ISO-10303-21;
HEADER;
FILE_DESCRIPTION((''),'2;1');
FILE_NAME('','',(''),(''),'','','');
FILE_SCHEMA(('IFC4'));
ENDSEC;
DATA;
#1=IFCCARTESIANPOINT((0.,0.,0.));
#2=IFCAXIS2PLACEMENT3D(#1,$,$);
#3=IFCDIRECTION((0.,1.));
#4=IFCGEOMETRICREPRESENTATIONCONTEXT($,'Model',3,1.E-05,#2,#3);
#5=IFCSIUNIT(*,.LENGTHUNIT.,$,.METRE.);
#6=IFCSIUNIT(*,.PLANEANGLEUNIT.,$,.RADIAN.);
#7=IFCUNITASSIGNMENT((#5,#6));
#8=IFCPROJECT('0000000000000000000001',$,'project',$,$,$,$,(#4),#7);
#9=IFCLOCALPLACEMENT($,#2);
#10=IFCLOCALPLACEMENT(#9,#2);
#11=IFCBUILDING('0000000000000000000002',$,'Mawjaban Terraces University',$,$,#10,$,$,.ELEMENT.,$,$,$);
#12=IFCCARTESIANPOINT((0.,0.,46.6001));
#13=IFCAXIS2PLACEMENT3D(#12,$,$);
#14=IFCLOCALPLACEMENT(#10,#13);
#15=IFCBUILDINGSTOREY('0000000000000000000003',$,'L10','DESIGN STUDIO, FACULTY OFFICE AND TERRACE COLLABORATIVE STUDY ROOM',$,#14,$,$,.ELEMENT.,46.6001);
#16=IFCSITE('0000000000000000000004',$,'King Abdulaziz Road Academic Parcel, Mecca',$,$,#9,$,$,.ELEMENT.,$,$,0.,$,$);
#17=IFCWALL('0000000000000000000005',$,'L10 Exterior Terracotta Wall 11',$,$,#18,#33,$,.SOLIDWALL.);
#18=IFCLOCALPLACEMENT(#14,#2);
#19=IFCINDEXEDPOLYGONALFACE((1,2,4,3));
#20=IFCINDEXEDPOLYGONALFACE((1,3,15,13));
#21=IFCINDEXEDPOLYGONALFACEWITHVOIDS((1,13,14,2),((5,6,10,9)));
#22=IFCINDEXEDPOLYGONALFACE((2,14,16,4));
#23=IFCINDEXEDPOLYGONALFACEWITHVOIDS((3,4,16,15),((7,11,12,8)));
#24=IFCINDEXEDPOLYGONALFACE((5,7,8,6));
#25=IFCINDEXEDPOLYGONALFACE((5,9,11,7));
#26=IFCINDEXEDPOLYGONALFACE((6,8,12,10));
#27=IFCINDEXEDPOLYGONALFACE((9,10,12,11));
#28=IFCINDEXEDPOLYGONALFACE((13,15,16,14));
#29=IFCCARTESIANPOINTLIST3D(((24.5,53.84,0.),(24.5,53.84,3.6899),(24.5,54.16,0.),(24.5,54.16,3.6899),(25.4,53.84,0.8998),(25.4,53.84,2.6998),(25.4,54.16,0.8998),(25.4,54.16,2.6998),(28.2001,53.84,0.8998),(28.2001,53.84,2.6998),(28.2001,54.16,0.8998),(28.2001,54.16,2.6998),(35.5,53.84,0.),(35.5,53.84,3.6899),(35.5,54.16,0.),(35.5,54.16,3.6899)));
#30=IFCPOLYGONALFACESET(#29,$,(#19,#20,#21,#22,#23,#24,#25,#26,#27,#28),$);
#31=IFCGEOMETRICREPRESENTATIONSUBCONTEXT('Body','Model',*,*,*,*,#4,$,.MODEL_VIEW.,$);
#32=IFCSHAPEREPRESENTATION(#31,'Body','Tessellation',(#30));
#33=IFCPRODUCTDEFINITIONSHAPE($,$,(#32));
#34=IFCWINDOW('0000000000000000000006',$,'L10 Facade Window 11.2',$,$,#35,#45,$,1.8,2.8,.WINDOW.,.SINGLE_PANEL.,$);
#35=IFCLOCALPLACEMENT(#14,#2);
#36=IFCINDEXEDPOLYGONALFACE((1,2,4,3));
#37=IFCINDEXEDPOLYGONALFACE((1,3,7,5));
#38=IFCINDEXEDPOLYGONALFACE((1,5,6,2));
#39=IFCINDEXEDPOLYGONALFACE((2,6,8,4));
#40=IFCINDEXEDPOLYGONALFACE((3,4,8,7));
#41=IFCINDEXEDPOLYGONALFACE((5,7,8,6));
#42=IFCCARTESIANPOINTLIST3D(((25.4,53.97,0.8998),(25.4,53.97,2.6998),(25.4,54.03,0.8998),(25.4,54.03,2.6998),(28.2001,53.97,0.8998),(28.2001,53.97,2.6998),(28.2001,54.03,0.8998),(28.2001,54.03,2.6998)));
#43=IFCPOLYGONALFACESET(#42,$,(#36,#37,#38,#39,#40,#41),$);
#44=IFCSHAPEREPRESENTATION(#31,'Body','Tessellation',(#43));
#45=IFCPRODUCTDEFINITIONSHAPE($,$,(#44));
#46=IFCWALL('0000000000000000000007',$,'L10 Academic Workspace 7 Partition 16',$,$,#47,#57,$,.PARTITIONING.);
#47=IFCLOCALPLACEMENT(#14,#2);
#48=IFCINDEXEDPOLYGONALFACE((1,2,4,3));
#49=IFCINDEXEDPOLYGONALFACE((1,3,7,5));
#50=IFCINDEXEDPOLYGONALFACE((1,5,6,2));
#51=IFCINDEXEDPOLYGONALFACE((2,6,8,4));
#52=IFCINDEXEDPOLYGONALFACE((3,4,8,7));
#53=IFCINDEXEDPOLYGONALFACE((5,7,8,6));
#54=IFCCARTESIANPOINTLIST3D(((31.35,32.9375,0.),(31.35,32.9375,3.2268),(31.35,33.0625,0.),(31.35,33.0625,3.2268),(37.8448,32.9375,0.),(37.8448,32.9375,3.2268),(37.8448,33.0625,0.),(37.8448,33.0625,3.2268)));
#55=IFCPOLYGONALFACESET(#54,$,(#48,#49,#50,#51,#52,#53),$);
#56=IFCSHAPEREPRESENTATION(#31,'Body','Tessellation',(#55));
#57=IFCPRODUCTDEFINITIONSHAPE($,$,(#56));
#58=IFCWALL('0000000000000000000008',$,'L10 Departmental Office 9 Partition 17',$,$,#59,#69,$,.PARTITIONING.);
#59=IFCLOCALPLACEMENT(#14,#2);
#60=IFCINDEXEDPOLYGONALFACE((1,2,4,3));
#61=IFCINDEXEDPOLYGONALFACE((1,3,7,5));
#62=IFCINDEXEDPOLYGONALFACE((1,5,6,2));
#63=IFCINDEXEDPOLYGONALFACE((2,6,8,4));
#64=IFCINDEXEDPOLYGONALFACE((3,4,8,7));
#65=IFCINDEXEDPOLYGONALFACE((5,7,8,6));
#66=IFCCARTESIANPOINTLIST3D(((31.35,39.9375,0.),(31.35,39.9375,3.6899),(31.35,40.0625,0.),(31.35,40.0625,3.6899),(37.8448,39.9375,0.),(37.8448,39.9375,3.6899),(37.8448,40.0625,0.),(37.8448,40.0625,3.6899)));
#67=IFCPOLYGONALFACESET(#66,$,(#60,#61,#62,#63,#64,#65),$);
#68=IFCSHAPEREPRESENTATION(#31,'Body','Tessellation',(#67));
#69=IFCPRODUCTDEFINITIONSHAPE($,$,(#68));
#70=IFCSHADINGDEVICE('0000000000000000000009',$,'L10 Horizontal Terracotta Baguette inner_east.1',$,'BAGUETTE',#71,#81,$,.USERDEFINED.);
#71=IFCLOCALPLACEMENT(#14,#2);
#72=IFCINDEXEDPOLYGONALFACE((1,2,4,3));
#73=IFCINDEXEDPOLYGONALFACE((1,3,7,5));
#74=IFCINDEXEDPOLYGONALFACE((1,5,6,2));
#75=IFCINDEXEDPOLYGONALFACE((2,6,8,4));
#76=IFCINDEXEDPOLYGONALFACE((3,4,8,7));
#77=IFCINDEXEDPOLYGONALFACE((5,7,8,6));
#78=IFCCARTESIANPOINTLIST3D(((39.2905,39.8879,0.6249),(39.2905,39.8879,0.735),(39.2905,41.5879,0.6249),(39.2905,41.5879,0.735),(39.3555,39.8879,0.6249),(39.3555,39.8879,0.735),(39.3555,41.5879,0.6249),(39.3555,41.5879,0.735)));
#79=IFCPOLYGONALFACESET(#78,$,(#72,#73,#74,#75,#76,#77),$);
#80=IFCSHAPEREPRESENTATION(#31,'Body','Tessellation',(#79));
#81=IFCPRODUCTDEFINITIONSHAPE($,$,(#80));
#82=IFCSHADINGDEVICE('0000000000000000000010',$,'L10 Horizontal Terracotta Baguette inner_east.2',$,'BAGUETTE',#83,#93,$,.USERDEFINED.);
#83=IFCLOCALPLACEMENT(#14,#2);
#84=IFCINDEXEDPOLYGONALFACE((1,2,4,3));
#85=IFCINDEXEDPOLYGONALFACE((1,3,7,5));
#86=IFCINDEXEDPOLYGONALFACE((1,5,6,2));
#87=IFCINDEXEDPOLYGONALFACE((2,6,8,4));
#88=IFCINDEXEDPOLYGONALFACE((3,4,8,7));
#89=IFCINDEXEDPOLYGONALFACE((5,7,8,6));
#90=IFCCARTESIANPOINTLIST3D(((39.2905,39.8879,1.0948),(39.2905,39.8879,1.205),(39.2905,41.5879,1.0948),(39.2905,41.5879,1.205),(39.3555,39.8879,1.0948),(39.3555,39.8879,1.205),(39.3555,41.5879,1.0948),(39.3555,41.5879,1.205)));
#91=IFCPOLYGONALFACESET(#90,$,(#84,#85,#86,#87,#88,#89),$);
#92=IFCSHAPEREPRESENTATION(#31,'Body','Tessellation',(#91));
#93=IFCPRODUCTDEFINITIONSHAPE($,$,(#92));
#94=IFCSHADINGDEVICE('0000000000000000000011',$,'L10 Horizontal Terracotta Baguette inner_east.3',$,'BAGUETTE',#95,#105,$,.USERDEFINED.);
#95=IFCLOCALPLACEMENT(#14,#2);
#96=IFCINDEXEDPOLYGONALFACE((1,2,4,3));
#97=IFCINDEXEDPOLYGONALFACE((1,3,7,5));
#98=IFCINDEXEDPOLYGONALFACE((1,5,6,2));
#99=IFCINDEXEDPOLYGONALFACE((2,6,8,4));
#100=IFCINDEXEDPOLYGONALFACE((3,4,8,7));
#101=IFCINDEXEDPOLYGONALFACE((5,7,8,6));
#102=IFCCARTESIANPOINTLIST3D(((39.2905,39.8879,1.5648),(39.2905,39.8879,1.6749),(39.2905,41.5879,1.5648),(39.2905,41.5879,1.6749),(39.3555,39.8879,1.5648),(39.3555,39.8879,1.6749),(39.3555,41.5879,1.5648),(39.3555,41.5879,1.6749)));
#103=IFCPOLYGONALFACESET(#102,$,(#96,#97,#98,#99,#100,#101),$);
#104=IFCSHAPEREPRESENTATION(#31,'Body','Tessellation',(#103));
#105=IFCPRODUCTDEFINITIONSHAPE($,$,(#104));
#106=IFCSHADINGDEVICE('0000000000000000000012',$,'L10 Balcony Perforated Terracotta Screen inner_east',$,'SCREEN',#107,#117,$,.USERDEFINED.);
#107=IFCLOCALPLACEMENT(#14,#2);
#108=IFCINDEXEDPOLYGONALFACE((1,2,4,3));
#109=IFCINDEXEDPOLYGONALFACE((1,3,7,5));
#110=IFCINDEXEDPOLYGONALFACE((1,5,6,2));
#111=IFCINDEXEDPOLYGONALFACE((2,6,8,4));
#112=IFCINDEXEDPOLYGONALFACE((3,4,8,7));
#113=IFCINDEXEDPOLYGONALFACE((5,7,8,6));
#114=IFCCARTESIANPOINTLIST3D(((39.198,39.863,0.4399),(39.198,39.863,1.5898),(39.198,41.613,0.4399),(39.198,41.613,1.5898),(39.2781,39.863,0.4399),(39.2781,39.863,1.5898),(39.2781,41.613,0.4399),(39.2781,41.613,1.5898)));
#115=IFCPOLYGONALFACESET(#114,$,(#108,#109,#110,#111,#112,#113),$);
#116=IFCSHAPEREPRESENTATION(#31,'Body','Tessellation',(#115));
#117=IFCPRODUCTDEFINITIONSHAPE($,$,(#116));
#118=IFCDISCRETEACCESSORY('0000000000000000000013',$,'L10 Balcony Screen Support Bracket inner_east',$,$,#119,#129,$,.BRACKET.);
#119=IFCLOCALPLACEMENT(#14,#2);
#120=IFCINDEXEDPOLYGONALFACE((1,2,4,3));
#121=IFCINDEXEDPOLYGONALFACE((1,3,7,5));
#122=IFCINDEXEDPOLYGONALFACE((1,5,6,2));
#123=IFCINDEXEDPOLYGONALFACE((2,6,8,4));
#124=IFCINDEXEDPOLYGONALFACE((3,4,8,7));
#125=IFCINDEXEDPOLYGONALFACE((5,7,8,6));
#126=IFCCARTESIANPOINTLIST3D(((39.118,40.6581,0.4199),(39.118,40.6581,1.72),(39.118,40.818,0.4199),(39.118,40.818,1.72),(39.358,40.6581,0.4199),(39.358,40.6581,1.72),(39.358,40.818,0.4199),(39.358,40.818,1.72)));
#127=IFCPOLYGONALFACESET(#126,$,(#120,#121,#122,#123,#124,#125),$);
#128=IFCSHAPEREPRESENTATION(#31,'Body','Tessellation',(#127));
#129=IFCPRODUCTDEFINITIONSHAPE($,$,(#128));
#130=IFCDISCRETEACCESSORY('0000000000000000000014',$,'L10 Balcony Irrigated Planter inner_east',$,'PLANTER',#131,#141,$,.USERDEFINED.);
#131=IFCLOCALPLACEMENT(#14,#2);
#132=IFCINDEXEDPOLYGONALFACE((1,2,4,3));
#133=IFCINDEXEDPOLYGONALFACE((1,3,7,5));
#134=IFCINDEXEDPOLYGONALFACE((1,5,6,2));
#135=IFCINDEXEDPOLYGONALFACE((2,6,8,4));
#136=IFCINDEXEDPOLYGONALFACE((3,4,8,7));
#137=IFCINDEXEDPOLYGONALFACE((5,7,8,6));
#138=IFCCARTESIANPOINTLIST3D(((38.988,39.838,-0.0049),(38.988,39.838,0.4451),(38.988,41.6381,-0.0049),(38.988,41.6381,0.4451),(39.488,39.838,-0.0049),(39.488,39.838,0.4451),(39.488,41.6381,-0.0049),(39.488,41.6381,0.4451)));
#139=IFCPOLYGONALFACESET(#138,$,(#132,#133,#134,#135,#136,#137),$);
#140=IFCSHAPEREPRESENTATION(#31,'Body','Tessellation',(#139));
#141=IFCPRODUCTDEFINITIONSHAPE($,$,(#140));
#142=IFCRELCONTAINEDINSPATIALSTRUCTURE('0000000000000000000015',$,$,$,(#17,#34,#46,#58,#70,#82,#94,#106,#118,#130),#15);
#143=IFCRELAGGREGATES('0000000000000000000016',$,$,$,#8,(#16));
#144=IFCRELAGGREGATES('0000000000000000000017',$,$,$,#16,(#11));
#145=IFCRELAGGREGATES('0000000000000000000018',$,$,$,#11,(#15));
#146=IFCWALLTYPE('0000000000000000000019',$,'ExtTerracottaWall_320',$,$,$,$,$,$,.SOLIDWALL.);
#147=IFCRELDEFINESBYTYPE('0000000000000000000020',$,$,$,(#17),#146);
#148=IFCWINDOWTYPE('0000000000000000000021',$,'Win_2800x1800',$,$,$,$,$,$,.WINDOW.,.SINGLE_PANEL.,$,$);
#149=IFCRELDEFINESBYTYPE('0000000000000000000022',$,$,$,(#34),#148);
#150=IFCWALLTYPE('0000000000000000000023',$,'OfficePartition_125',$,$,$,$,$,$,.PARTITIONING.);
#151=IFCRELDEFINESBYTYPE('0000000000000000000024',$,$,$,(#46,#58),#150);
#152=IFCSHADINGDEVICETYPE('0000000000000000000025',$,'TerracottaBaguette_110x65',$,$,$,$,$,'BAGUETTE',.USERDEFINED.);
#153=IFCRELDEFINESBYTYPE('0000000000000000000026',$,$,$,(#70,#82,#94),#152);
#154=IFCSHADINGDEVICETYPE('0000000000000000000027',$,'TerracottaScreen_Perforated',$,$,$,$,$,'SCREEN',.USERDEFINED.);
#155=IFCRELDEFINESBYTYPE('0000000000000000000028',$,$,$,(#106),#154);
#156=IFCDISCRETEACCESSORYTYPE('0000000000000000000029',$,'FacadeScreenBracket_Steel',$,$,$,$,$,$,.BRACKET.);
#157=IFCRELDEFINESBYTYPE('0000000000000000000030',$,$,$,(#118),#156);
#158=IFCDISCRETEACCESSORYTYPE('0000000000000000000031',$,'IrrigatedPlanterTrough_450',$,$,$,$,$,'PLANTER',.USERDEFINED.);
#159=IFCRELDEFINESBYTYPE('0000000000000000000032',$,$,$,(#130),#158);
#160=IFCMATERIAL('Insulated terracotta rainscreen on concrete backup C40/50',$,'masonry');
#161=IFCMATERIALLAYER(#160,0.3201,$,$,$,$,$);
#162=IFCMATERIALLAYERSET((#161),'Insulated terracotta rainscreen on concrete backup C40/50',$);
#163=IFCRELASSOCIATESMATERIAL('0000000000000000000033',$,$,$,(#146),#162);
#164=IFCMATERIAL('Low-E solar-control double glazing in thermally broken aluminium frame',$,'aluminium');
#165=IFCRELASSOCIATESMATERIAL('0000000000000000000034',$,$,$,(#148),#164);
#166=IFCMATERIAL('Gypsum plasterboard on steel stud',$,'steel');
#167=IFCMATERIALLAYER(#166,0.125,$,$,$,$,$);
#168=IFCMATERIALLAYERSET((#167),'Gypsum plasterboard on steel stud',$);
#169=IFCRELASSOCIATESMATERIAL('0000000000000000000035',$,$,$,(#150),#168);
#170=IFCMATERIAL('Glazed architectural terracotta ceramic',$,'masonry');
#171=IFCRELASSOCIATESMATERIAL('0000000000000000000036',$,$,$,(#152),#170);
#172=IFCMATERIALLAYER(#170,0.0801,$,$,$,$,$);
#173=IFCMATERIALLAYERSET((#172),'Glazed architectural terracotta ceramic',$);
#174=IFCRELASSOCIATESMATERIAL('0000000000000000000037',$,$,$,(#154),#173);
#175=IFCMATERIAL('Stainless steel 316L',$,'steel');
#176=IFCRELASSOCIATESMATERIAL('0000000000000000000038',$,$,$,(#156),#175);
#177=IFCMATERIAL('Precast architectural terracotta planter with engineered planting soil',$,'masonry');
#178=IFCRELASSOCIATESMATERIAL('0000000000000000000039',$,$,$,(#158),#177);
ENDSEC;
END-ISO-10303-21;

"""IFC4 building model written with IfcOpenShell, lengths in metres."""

from ifc_helpers import new_model, si_unit, direction, frame, frame_2d, origin, origin_2d, place, context, subcontext, project, spatial, rectangle, extrude, material, layer, layer_set, material_profile, profile_set, type_object, element, fill, save


model = new_model("IFC4")

# Units and contexts
model_context = context("Model", 3, precision=1e-05, world=origin(), true_north=direction((0.0, 1.0)))
body_context = subcontext(model_context, "Body", "Model", "MODEL_VIEW")
ifc_project = project(units=[si_unit("LENGTHUNIT", "METRE"), si_unit("PLANEANGLEUNIT", "RADIAN")], contexts=[model_context])

# Site, building, storey
site_placement = place(None, origin())
site = spatial("IfcSite", under=ifc_project, at=site_placement, Name="King Abdulaziz Road Academic Parcel, Mecca", CompositionType="ELEMENT", RefElevation=0.0)
building_placement = place(site_placement, origin())
building = spatial("IfcBuilding", under=site, at=building_placement, Name="Mawjaban Terraces University", CompositionType="ELEMENT")
storey_placement = place(building_placement, frame((0.0, 0.0, 46.6001)))
storey = spatial("IfcBuildingStorey", under=building, at=storey_placement, Name="L10", Description="DESIGN STUDIO, FACULTY OFFICE AND TERRACE COLLABORATIVE STUDY ROOM", CompositionType="ELEMENT", Elevation=46.6001)

# Shared definitions
ifc_material_1 = material(Name="Insulated terracotta rainscreen on concrete backup C40/50", Category="masonry")
ifc_layer_1 = layer(ifc_material_1, 0.3201)
ifc_layer_set_1 = layer_set([ifc_layer_1], Name="Insulated terracotta rainscreen on concrete backup C40/50")
wall_type_1 = type_object("IfcWallType", Name="ExtTerracottaWall_320", PredefinedType="SOLIDWALL", material=ifc_layer_set_1)

# Wall, opening, window
wall_1_placement = place(storey_placement, frame((35.5, 54.0, 0.0), z_axis=(0.0, 0.0, 1.0), x_axis=(-1.0, 0.0, 0.0)))
wall_1 = element("IfcWall", 1, at=wall_1_placement, inside=storey, type_object=wall_type_1, Name="L10 Exterior Terracotta Wall 11", PredefinedType="SOLIDWALL", context=body_context, shape_type="SweptSolid", body=[
    extrude(rectangle(XDim=11.0, YDim=0.3201, at=frame_2d((5.5, 0.0))), origin(), (0.0, 0.0, 1.0), 3.6899),
])
opening_placement = place(wall_1_placement, frame((7.3, 0.0, 0.8999)))
opening = element("IfcOpeningElement", 2, at=opening_placement, cuts=wall_1, PredefinedType="OPENING", context=body_context, shape_type="SweptSolid", body=[
    extrude(rectangle(XDim=2.8, YDim=1.8, at=frame_2d((1.3999, 0.8999))), frame((0.0, 0.1699, 0.0), z_axis=(0.0, -1.0, 0.0), x_axis=(1.0, 0.0, 0.0)), (0.0, 0.0, 1.0), 0.3401),
])
ifc_material_2 = material(Name="Low-E solar-control double glazing in thermally broken aluminium frame", Category="aluminium")
window_type = type_object("IfcWindowType", Name="Win_2800x1800", PartitioningType="SINGLE_PANEL", PredefinedType="WINDOW", material=ifc_material_2)
window_placement = place(opening_placement, origin())
window = element("IfcWindow", 3, at=window_placement, inside=storey, type_object=window_type, Name="L10 Facade Window 11.2", OverallHeight=1.8, OverallWidth=2.8, PartitioningType="SINGLE_PANEL", PredefinedType="WINDOW", context=body_context, shape_type="SweptSolid", body=[
    extrude(rectangle(XDim=2.8, YDim=1.8, at=frame_2d((1.3999, 0.8999))), frame((0.0, 0.03, 0.0), z_axis=(0.0, -1.0, 0.0), x_axis=(1.0, 0.0, 0.0)), (0.0, 0.0, 1.0), 0.0601),
])
fill(opening, window)

# Walls
ifc_material_3 = material(Name="Gypsum plasterboard on steel stud", Category="steel")
ifc_layer_2 = layer(ifc_material_3, 0.125)
ifc_layer_set_2 = layer_set([ifc_layer_2], Name="Gypsum plasterboard on steel stud")
wall_type_2 = type_object("IfcWallType", Name="OfficePartition_125", PredefinedType="PARTITIONING", material=ifc_layer_set_2)
wall_2_placement = place(storey_placement, frame((37.845, 33.0, 0.0), z_axis=(0.0, 0.0, 1.0), x_axis=(-1.0, 0.0, 0.0)))
element("IfcWall", 4, at=wall_2_placement, inside=storey, type_object=wall_type_2, Name="L10 Academic Workspace 7 Partition 16", PredefinedType="PARTITIONING", context=body_context, shape_type="SweptSolid", body=[
    extrude(rectangle(XDim=6.4949, YDim=0.125, at=frame_2d((3.2476, 0.0))), origin(), (0.0, 0.0, 1.0), 3.2268),
])
wall_3_placement = place(storey_placement, frame((37.845, 40.0, 0.0), z_axis=(0.0, 0.0, 1.0), x_axis=(-1.0, 0.0, 0.0)))
element("IfcWall", 5, at=wall_3_placement, inside=storey, type_object=wall_type_2, Name="L10 Departmental Office 9 Partition 17", PredefinedType="PARTITIONING", context=body_context, shape_type="SweptSolid", body=[
    extrude(rectangle(XDim=6.4949, YDim=0.125, at=frame_2d((3.2476, 0.0))), origin(), (0.0, 0.0, 1.0), 3.6899),
])

# Shading devices
ifc_material_4 = material(Name="Glazed architectural terracotta ceramic", Category="masonry")
ifc_material_profile_1 = material_profile(ifc_material_4, rectangle(XDim=0.0649, YDim=0.1101, at=origin_2d()), Name="TBAG110X65")
ifc_profile_set_1 = profile_set([ifc_material_profile_1], Name="Glazed architectural terracotta ceramic")
shading_device_type_1 = type_object("IfcShadingDeviceType", Name="TerracottaBaguette_110x65", ElementType="BAGUETTE", PredefinedType="USERDEFINED", material=ifc_profile_set_1)
for number, where, z_axis, x_axis, name in (
    (6, (39.323, 39.8879, 0.6799), (0.0, 1.0, 0.0), (-1.0, 0.0, 0.0), "L10 Horizontal Terracotta Baguette inner_east.1"),
    (7, (39.323, 39.8879, 1.1499), (0.0, 1.0, 0.0), (-1.0, 0.0, 0.0), "L10 Horizontal Terracotta Baguette inner_east.2"),
    (8, (39.323, 39.8879, 1.6199), (0.0, 1.0, 0.0), (-1.0, 0.0, 0.0), "L10 Horizontal Terracotta Baguette inner_east.3"),
):
    element("IfcShadingDevice", number, at=place(storey_placement, frame(where, z_axis=z_axis, x_axis=x_axis)), inside=storey, type_object=shading_device_type_1, Name=name, ObjectType="BAGUETTE", PredefinedType="USERDEFINED", context=body_context, shape_type="SweptSolid", body=[
        extrude(rectangle(XDim=0.0649, YDim=0.1101, at=origin_2d()), origin(), (0.0, 0.0, 1.0), 1.7),
    ])
ifc_layer_3 = layer(ifc_material_4, 0.0801)
ifc_layer_set_3 = layer_set([ifc_layer_3], Name="Glazed architectural terracotta ceramic")
shading_device_type_2 = type_object("IfcShadingDeviceType", Name="TerracottaScreen_Perforated", ElementType="SCREEN", PredefinedType="USERDEFINED", material=ifc_layer_set_3)
shading_device_placement = place(storey_placement, frame((39.238, 40.738, 0.4399), z_axis=(0.0, 0.0, 1.0), x_axis=(0.0, 1.0, 0.0)))
element("IfcShadingDevice", 9, at=shading_device_placement, inside=storey, type_object=shading_device_type_2, Name="L10 Balcony Perforated Terracotta Screen inner_east", ObjectType="SCREEN", PredefinedType="USERDEFINED", context=body_context, shape_type="SweptSolid", body=[
    extrude(rectangle(XDim=1.75, YDim=0.0801, at=origin_2d()), origin(), (0.0, 0.0, 1.0), 1.1499),
])

# Discrete accessories
ifc_material_5 = material(Name="Stainless steel 316L", Category="steel")
discrete_accessory_type_1 = type_object("IfcDiscreteAccessoryType", Name="FacadeScreenBracket_Steel", PredefinedType="BRACKET", material=ifc_material_5)
discrete_accessory_1_placement = place(storey_placement, frame((39.238, 40.738, 0.4199), z_axis=(0.0, 0.0, 1.0), x_axis=(0.0, 1.0, 0.0)))
element("IfcDiscreteAccessory", 10, at=discrete_accessory_1_placement, inside=storey, type_object=discrete_accessory_type_1, Name="L10 Balcony Screen Support Bracket inner_east", PredefinedType="BRACKET", context=body_context, shape_type="SweptSolid", body=[
    extrude(rectangle(XDim=0.1599, YDim=0.24, at=origin_2d()), origin(), (0.0, 0.0, 1.0), 1.3),
])
ifc_material_6 = material(Name="Precast architectural terracotta planter with engineered planting soil", Category="masonry")
discrete_accessory_type_2 = type_object("IfcDiscreteAccessoryType", Name="IrrigatedPlanterTrough_450", ElementType="PLANTER", PredefinedType="USERDEFINED", material=ifc_material_6)
discrete_accessory_2_placement = place(storey_placement, frame((39.238, 40.738, -0.0049), z_axis=(0.0, 0.0, 1.0), x_axis=(0.0, 1.0, 0.0)))
element("IfcDiscreteAccessory", 11, at=discrete_accessory_2_placement, inside=storey, type_object=discrete_accessory_type_2, Name="L10 Balcony Irrigated Planter inner_east", ObjectType="PLANTER", PredefinedType="USERDEFINED", context=body_context, shape_type="SweptSolid", body=[
    extrude(rectangle(XDim=1.8, YDim=0.5, at=origin_2d()), origin(), (0.0, 0.0, 1.0), 0.45),
])

save(model, "model.ifc")
